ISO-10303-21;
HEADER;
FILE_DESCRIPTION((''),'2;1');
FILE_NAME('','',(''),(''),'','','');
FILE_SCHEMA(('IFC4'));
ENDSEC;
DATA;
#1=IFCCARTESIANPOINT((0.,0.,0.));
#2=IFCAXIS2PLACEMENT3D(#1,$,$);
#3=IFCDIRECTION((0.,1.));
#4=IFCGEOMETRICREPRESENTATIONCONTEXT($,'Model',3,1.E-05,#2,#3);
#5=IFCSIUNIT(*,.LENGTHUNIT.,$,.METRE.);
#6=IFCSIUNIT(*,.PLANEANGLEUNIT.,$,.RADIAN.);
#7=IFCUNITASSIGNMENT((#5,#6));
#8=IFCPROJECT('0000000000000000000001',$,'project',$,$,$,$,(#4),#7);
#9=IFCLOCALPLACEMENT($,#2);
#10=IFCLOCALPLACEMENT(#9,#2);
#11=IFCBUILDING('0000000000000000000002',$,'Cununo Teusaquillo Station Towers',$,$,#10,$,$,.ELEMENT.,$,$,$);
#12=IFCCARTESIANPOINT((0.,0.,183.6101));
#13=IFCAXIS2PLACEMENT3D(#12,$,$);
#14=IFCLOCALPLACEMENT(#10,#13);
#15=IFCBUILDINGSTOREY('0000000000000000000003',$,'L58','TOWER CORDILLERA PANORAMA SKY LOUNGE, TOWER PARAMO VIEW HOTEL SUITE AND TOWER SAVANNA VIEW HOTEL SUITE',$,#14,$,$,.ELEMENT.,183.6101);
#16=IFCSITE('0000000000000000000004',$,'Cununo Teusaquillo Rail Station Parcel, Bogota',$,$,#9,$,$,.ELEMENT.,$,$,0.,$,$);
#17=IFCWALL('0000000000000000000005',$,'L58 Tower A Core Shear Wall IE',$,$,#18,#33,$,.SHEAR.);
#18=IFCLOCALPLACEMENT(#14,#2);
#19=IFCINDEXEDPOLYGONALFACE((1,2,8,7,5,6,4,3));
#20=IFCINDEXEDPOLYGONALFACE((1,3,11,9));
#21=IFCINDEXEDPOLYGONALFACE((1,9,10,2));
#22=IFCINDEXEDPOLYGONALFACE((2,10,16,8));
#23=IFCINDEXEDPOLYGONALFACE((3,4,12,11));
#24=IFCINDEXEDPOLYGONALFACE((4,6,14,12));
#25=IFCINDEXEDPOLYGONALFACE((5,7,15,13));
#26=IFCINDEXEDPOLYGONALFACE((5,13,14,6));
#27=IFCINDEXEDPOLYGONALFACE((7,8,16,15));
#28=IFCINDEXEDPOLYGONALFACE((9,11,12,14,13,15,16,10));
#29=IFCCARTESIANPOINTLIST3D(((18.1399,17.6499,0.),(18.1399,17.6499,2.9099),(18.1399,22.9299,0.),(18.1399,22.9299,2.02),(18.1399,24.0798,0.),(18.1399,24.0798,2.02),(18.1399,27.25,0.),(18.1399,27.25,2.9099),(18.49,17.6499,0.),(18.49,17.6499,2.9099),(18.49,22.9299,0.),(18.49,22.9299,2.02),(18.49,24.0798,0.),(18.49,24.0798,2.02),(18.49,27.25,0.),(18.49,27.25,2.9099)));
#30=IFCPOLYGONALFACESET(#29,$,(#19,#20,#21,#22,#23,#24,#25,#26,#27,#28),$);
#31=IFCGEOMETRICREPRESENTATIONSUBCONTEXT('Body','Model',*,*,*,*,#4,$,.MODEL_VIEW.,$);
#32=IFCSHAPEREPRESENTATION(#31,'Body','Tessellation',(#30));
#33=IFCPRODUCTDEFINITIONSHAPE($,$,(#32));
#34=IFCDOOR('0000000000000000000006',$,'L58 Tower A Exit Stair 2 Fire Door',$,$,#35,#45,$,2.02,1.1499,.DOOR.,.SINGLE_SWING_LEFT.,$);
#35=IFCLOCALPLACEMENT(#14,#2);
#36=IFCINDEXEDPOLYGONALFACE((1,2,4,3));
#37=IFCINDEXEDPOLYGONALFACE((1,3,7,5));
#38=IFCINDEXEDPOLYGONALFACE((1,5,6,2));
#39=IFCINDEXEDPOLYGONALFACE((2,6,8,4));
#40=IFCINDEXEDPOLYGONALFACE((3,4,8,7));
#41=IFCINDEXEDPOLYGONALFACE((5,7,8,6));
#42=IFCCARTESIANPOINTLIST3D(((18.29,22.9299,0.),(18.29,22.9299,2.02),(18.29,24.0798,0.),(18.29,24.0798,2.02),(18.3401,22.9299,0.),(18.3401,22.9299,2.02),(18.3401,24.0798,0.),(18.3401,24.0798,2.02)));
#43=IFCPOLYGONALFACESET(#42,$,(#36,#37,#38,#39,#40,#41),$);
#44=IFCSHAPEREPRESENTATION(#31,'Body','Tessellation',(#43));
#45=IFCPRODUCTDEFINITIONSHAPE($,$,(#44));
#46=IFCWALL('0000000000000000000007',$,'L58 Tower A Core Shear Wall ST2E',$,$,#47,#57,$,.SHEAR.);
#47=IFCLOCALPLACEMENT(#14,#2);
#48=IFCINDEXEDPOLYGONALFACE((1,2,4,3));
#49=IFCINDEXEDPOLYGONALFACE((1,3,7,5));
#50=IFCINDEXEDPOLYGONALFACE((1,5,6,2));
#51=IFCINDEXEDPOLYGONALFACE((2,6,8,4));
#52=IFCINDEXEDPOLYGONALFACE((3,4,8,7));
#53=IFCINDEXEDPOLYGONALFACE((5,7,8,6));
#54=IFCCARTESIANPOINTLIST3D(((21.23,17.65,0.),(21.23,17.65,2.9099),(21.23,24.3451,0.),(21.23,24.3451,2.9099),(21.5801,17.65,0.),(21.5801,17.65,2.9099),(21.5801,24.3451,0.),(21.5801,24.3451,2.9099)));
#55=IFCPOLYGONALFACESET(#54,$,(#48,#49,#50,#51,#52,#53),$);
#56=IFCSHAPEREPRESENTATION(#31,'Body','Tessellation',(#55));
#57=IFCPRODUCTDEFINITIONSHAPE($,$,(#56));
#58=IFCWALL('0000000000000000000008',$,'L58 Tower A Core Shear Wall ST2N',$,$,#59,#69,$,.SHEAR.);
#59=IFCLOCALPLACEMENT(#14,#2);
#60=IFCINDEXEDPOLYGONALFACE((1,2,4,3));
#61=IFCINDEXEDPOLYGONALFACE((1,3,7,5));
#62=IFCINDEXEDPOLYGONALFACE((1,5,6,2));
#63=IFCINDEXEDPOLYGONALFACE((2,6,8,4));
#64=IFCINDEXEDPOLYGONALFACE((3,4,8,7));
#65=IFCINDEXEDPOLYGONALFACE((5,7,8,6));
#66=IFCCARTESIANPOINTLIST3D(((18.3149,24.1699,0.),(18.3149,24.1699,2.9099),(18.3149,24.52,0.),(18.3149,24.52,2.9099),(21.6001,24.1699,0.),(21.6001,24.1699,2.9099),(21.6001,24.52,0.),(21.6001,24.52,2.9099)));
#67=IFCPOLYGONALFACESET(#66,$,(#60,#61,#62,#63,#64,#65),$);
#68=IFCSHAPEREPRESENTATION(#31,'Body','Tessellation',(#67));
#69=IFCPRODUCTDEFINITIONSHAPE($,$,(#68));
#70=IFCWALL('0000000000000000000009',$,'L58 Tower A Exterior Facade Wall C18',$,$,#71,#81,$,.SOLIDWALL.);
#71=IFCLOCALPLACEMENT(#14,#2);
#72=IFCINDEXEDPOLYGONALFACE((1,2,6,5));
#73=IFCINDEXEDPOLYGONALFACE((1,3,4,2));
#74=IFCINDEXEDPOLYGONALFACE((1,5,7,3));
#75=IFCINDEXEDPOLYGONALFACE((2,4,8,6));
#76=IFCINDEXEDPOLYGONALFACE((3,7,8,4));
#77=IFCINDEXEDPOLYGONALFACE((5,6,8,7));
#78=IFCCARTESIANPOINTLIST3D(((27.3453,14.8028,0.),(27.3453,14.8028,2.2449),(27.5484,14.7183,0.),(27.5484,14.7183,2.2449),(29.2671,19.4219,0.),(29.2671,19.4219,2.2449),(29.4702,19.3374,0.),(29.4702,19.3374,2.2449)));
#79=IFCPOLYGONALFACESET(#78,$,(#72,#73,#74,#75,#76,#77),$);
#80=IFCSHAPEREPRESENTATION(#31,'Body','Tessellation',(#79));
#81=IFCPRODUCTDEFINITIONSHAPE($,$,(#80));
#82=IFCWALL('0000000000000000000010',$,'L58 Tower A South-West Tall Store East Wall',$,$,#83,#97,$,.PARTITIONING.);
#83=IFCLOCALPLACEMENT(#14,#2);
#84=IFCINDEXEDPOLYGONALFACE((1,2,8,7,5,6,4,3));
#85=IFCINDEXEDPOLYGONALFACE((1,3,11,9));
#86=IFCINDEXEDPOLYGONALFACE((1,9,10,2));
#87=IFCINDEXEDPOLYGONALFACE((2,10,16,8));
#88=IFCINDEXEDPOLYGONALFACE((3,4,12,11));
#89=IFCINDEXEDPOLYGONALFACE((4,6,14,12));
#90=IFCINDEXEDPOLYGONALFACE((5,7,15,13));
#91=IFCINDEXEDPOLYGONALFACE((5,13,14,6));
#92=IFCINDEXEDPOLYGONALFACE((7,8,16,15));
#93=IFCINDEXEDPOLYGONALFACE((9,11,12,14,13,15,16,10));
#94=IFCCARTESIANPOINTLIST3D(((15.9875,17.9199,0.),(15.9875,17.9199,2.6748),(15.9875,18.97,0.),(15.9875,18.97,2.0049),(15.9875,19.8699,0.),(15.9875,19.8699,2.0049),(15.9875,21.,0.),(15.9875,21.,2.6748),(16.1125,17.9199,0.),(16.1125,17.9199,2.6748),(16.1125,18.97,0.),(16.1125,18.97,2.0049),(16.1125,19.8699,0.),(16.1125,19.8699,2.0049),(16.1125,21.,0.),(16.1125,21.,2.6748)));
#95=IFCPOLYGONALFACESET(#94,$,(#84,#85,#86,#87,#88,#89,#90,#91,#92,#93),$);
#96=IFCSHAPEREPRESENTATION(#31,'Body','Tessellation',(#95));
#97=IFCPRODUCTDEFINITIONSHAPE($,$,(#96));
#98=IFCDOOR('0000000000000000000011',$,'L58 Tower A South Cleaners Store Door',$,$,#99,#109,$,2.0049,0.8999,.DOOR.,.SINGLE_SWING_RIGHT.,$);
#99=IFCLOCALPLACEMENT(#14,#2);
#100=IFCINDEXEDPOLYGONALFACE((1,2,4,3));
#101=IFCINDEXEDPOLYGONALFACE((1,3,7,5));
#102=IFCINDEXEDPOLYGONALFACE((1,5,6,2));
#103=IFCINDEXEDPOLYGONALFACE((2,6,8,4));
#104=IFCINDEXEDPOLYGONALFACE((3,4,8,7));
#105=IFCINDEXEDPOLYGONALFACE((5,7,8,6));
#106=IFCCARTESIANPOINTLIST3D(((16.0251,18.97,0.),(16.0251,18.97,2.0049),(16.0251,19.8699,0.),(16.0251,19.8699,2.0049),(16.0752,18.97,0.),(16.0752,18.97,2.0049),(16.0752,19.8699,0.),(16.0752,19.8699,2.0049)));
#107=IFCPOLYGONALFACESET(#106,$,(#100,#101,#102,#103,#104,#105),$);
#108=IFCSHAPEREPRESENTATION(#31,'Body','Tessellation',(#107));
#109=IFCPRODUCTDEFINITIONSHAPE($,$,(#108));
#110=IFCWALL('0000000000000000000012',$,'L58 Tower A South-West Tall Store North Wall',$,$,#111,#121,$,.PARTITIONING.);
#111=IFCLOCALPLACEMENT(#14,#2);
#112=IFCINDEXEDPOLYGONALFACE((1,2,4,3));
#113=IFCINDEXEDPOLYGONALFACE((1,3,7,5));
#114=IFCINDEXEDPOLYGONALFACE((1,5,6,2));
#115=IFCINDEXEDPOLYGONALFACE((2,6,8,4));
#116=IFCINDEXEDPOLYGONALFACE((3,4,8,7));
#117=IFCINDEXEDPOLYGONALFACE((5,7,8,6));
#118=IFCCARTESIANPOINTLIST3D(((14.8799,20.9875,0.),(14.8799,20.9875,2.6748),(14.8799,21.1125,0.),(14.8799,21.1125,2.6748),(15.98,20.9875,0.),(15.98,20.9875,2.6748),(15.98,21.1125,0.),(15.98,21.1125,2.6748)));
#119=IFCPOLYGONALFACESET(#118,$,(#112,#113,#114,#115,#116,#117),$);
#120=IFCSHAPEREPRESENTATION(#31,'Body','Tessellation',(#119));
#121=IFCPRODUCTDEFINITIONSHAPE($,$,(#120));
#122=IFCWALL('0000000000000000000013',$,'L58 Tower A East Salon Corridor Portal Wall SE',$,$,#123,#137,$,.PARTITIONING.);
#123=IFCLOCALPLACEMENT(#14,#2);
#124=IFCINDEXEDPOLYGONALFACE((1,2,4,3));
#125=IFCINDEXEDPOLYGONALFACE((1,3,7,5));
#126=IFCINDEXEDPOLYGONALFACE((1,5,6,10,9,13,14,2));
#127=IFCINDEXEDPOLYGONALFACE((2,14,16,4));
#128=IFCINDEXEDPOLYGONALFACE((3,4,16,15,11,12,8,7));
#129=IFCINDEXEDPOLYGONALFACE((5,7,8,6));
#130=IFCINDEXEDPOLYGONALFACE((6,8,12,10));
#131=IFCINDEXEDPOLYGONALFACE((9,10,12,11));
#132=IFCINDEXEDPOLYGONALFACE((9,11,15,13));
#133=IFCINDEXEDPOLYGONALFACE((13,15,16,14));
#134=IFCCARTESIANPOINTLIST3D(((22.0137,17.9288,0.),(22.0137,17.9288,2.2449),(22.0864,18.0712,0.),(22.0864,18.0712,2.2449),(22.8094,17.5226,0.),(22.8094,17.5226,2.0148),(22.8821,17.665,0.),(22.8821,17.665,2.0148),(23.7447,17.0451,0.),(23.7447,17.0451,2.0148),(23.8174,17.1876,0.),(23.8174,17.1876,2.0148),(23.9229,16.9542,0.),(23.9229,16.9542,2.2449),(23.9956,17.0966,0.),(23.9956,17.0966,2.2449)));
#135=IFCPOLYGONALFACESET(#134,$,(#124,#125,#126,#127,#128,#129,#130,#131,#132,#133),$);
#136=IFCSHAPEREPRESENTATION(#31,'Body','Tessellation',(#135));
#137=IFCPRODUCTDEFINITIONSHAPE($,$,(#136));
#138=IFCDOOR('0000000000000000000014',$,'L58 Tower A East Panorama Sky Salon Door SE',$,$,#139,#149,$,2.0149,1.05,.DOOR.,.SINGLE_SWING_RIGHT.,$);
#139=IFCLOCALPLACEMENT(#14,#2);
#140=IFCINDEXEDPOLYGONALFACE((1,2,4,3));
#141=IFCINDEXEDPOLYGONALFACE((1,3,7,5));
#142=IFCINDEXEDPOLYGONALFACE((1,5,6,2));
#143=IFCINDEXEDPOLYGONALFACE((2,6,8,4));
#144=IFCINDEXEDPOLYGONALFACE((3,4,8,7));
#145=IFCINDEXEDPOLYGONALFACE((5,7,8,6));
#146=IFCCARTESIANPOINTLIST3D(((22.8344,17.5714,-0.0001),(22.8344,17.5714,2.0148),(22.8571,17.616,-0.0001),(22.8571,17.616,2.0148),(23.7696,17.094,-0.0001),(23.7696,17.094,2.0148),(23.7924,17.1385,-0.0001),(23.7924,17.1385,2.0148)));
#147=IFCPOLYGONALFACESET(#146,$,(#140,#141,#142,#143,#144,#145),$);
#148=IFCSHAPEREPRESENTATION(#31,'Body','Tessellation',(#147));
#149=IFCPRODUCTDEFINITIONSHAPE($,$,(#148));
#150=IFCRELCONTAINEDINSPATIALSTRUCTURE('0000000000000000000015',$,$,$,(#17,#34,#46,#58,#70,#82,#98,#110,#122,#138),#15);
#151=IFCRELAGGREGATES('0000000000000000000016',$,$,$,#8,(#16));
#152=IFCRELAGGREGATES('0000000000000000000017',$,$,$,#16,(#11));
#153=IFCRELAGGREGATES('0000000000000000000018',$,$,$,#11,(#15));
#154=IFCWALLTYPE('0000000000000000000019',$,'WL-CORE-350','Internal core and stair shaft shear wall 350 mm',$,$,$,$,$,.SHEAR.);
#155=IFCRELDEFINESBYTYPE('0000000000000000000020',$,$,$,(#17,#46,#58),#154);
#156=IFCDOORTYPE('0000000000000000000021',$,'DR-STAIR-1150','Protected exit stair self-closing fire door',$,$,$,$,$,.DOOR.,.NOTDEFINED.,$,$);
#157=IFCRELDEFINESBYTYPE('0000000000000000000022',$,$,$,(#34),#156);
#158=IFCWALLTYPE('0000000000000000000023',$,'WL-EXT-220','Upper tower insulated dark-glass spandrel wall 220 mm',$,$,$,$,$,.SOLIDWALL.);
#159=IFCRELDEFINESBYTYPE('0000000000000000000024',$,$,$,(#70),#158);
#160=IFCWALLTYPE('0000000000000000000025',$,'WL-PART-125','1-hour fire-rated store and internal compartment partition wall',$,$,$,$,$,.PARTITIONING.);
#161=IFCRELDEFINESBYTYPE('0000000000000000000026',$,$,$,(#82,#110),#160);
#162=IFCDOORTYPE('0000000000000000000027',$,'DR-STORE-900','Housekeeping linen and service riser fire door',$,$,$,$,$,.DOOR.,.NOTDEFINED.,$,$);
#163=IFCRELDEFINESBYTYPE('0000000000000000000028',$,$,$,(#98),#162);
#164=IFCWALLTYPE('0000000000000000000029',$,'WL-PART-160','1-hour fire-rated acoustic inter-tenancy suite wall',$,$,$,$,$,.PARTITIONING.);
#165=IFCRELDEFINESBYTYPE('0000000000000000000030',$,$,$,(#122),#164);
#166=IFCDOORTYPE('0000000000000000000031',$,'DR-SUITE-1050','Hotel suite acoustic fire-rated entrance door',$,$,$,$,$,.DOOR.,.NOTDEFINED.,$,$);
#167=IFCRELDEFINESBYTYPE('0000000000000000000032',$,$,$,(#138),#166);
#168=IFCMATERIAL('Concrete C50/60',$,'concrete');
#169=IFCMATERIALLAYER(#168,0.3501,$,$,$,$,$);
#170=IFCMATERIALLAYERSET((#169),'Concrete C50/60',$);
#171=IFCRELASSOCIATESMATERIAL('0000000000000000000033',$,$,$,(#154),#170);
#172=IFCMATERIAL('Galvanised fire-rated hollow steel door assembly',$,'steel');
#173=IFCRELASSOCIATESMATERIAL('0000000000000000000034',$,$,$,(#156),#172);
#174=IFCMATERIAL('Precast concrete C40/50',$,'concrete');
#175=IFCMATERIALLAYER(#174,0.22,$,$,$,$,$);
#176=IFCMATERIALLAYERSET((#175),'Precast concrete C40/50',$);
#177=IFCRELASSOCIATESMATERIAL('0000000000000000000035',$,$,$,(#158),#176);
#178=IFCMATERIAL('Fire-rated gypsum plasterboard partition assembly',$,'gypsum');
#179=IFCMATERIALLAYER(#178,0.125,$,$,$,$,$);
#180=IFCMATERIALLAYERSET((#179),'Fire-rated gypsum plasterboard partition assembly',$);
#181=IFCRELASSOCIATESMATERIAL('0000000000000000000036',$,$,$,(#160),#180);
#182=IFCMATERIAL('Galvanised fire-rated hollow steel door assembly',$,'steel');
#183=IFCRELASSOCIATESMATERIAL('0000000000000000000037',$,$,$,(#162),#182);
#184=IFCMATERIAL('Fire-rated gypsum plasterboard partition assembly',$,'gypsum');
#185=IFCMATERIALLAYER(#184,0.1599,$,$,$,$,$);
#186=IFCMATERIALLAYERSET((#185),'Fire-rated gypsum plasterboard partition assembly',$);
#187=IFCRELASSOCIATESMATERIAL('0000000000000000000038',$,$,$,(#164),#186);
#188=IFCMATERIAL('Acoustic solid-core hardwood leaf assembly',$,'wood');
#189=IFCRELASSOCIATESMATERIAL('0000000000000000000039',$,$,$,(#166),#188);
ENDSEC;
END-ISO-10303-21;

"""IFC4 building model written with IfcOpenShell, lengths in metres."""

from ifc_helpers import new_model, si_unit, direction, frame, frame_2d, origin, place, context, subcontext, project, spatial, rectangle, extrude, source, transform, mapped, material, layer, layer_set, type_object, element, fill, save


model = new_model("IFC4")

# Units and contexts
model_context = context("Model", 3, precision=1e-05, world=origin(), true_north=direction((0.0, 1.0)))
body_context = subcontext(model_context, "Body", "Model", "MODEL_VIEW")
ifc_project = project(units=[si_unit("LENGTHUNIT", "METRE"), si_unit("PLANEANGLEUNIT", "RADIAN")], contexts=[model_context])

# Site, building, storey
site_placement = place(None, origin())
site = spatial("IfcSite", under=ifc_project, at=site_placement, Name="Cununo Teusaquillo Rail Station Parcel, Bogota", CompositionType="ELEMENT", RefElevation=0.0)
building_placement = place(site_placement, origin())
building = spatial("IfcBuilding", under=site, at=building_placement, Name="Cununo Teusaquillo Station Towers", CompositionType="ELEMENT")
storey_placement = place(building_placement, frame((0.0, 0.0, 183.6101)))
storey = spatial("IfcBuildingStorey", under=building, at=storey_placement, Name="L58", Description="TOWER CORDILLERA PANORAMA SKY LOUNGE, TOWER PARAMO VIEW HOTEL SUITE AND TOWER SAVANNA VIEW HOTEL SUITE", CompositionType="ELEMENT", Elevation=183.6101)

# Wall, opening, door
ifc_material_1 = material(Name="Concrete C50/60", Category="concrete")
ifc_layer_1 = layer(ifc_material_1, 0.3501)
ifc_layer_set_1 = layer_set([ifc_layer_1], Name="Concrete C50/60")
wall_type_1 = type_object("IfcWallType", Name="WL-CORE-350", Description="Internal core and stair shaft shear wall 350 mm", PredefinedType="SHEAR", material=ifc_layer_set_1)
wall_1_placement = place(storey_placement, frame((18.3149, 17.6499, 0.0), z_axis=(0.0, 0.0, 1.0), x_axis=(0.0, 1.0, 0.0)))
wall_1 = element("IfcWall", 1, at=wall_1_placement, inside=storey, type_object=wall_type_1, Name="L58 Tower A Core Shear Wall IE", PredefinedType="SHEAR", context=body_context, shape_type="SweptSolid", body=[
    extrude(rectangle(XDim=9.6001, YDim=0.3501, at=frame_2d((4.8, 0.0))), origin(), (0.0, 0.0, 1.0), 2.9099),
])
shared_shape_1 = source(origin(), body_context, "Body", "SweptSolid", [
    extrude(rectangle(XDim=1.1499, YDim=2.02, at=frame_2d((0.575, 1.01))), frame((0.0, 0.1851, 0.0), z_axis=(0.0, -1.0, 0.0), x_axis=(1.0, 0.0, 0.0)), (0.0, 0.0, 1.0), 0.3701),
])
opening_1_placement = place(wall_1_placement, frame((5.28, 0.0, 0.0)))
opening_1 = element("IfcOpeningElement", 2, at=opening_1_placement, cuts=wall_1, PredefinedType="OPENING", context=body_context, shape_type="MappedRepresentation", body=[
    mapped(shared_shape_1, transform((0.0, 0.0, 0.0), x_axis=(1.0, 0.0, 0.0), y_axis=(0.0, 1.0, 0.0), z_axis=(0.0, 0.0, 1.0), scale=1.0)),
])
ifc_material_2 = material(Name="Galvanised fire-rated hollow steel door assembly", Category="steel")
door_type_1 = type_object("IfcDoorType", Name="DR-STAIR-1150", Description="Protected exit stair self-closing fire door", OperationType="NOTDEFINED", PredefinedType="DOOR", material=ifc_material_2)
shared_shape_2 = source(origin(), body_context, "Body", "SweptSolid", [
    extrude(rectangle(XDim=1.1499, YDim=2.02, at=frame_2d((0.575, 1.01))), frame((0.0, 0.0249, 0.0), z_axis=(0.0, -1.0, 0.0), x_axis=(1.0, 0.0, 0.0)), (0.0, 0.0, 1.0), 0.05),
])
door_1_placement = place(opening_1_placement, origin())
door_1 = element("IfcDoor", 3, at=door_1_placement, inside=storey, type_object=door_type_1, Name="L58 Tower A Exit Stair 2 Fire Door", OperationType="SINGLE_SWING_LEFT", OverallHeight=2.02, OverallWidth=1.1499, PredefinedType="DOOR", context=body_context, shape_type="MappedRepresentation", body=[
    mapped(shared_shape_2, transform((0.0, 0.0, 0.0), x_axis=(1.0, 0.0, 0.0), y_axis=(0.0, 1.0, 0.0), z_axis=(0.0, 0.0, 1.0), scale=1.0)),
])
fill(opening_1, door_1)

# Walls
wall_2_placement = place(storey_placement, frame((21.405, 17.6499, 0.0), z_axis=(0.0, 0.0, 1.0), x_axis=(0.0, 1.0, 0.0)))
element("IfcWall", 4, at=wall_2_placement, inside=storey, type_object=wall_type_1, Name="L58 Tower A Core Shear Wall ST2E", PredefinedType="SHEAR", context=body_context, shape_type="SweptSolid", body=[
    extrude(rectangle(XDim=6.6951, YDim=0.3501, at=frame_2d((3.3477, 0.0))), origin(), (0.0, 0.0, 1.0), 2.9099),
])
wall_3_placement = place(storey_placement, frame((18.3149, 24.345, 0.0), z_axis=(0.0, 0.0, 1.0), x_axis=(1.0, 0.0, 0.0)))
element("IfcWall", 5, at=wall_3_placement, inside=storey, type_object=wall_type_1, Name="L58 Tower A Core Shear Wall ST2N", PredefinedType="SHEAR", context=body_context, shape_type="SweptSolid", body=[
    extrude(rectangle(XDim=3.2852, YDim=0.3501, at=frame_2d((1.6426, 0.0))), origin(), (0.0, 0.0, 1.0), 2.9099),
])
ifc_material_3 = material(Name="Precast concrete C40/50", Category="concrete")
ifc_layer_2 = layer(ifc_material_3, 0.22)
ifc_layer_set_2 = layer_set([ifc_layer_2], Name="Precast concrete C40/50")
wall_type_2 = type_object("IfcWallType", Name="WL-EXT-220", Description="Upper tower insulated dark-glass spandrel wall 220 mm", PredefinedType="SOLIDWALL", material=ifc_layer_set_2)
wall_4_placement = place(storey_placement, frame((29.3687, 19.3796, 0.0), z_axis=(0.0, 0.0, 1.0), x_axis=(-0.384144, -0.923273, 0.0)))
element("IfcWall", 6, at=wall_4_placement, inside=storey, type_object=wall_type_2, Name="L58 Tower A Exterior Facade Wall C18", PredefinedType="SOLIDWALL", context=body_context, shape_type="SweptSolid", body=[
    extrude(rectangle(XDim=5.0029, YDim=0.22, at=frame_2d((2.5015, 0.0))), origin(), (0.0, 0.0, 1.0), 2.2449),
])

# Wall, opening, door
ifc_material_4 = material(Name="Fire-rated gypsum plasterboard partition assembly", Category="gypsum")
ifc_layer_3 = layer(ifc_material_4, 0.125)
ifc_layer_set_3 = layer_set([ifc_layer_3], Name="Fire-rated gypsum plasterboard partition assembly")
wall_type_3 = type_object("IfcWallType", Name="WL-PART-125", Description="1-hour fire-rated store and internal compartment partition wall", PredefinedType="PARTITIONING", material=ifc_layer_set_3)
wall_5_placement = place(storey_placement, frame((16.05, 17.9199, 0.0), z_axis=(0.0, 0.0, 1.0), x_axis=(0.0, 1.0, 0.0)))
wall_5 = element("IfcWall", 7, at=wall_5_placement, inside=storey, type_object=wall_type_3, Name="L58 Tower A South-West Tall Store East Wall", PredefinedType="PARTITIONING", context=body_context, shape_type="SweptSolid", body=[
    extrude(rectangle(XDim=3.0801, YDim=0.125, at=frame_2d((1.54, 0.0))), origin(), (0.0, 0.0, 1.0), 2.6748),
])
shared_shape_3 = source(origin(), body_context, "Body", "SweptSolid", [
    extrude(rectangle(XDim=0.8999, YDim=2.0049, at=frame_2d((0.45, 1.0024))), frame((0.0, 0.0725, 0.0), z_axis=(0.0, -1.0, 0.0), x_axis=(1.0, 0.0, 0.0)), (0.0, 0.0, 1.0), 0.145),
])
opening_2_placement = place(wall_5_placement, frame((1.05, 0.0, 0.0)))
opening_2 = element("IfcOpeningElement", 8, at=opening_2_placement, cuts=wall_5, PredefinedType="OPENING", context=body_context, shape_type="MappedRepresentation", body=[
    mapped(shared_shape_3, transform((0.0, 0.0, 0.0), x_axis=(1.0, 0.0, 0.0), y_axis=(0.0, 1.0, 0.0), z_axis=(0.0, 0.0, 1.0), scale=1.0)),
])
ifc_material_5 = material(Name="Galvanised fire-rated hollow steel door assembly", Category="steel")
door_type_2 = type_object("IfcDoorType", Name="DR-STORE-900", Description="Housekeeping linen and service riser fire door", OperationType="NOTDEFINED", PredefinedType="DOOR", material=ifc_material_5)
shared_shape_4 = source(origin(), body_context, "Body", "SweptSolid", [
    extrude(rectangle(XDim=0.8999, YDim=2.0049, at=frame_2d((0.45, 1.0024))), frame((0.0, 0.0249, 0.0), z_axis=(0.0, -1.0, 0.0), x_axis=(1.0, 0.0, 0.0)), (0.0, 0.0, 1.0), 0.05),
])
door_2_placement = place(opening_2_placement, origin())
door_2 = element("IfcDoor", 9, at=door_2_placement, inside=storey, type_object=door_type_2, Name="L58 Tower A South Cleaners Store Door", OperationType="SINGLE_SWING_RIGHT", OverallHeight=2.0049, OverallWidth=0.8999, PredefinedType="DOOR", context=body_context, shape_type="MappedRepresentation", body=[
    mapped(shared_shape_4, transform((0.0, 0.0, 0.0), x_axis=(1.0, 0.0, 0.0), y_axis=(0.0, 1.0, 0.0), z_axis=(0.0, 0.0, 1.0), scale=1.0)),
])
fill(opening_2, door_2)

# Wall
wall_6_placement = place(storey_placement, frame((14.8799, 21.05, 0.0), z_axis=(0.0, 0.0, 1.0), x_axis=(1.0, 0.0, 0.0)))
element("IfcWall", 10, at=wall_6_placement, inside=storey, type_object=wall_type_3, Name="L58 Tower A South-West Tall Store North Wall", PredefinedType="PARTITIONING", context=body_context, shape_type="SweptSolid", body=[
    extrude(rectangle(XDim=1.1001, YDim=0.125, at=frame_2d((0.55, 0.0))), origin(), (0.0, 0.0, 1.0), 2.6748),
])

# Wall, opening, door
ifc_material_6 = material(Name="Fire-rated gypsum plasterboard partition assembly", Category="gypsum")
ifc_layer_4 = layer(ifc_material_6, 0.1599)
ifc_layer_set_4 = layer_set([ifc_layer_4], Name="Fire-rated gypsum plasterboard partition assembly")
wall_type_4 = type_object("IfcWallType", Name="WL-PART-160", Description="1-hour fire-rated acoustic inter-tenancy suite wall", PredefinedType="PARTITIONING", material=ifc_layer_set_4)
wall_7_placement = place(storey_placement, frame((22.05, 18.0, 0.0), z_axis=(0.0, 0.0, 1.0), x_axis=(0.89066, -0.45467, 0.0)))
wall_7 = element("IfcWall", 11, at=wall_7_placement, inside=storey, type_object=wall_type_4, Name="L58 Tower A East Salon Corridor Portal Wall SE", PredefinedType="PARTITIONING", context=body_context, shape_type="SweptSolid", body=[
    extrude(rectangle(XDim=2.1436, YDim=0.1599, at=frame_2d((1.0718, 0.0))), origin(), (0.0, 0.0, 1.0), 2.2449),
])
shared_shape_5 = source(origin(), body_context, "Body", "SweptSolid", [
    extrude(rectangle(XDim=1.05, YDim=2.0149, at=frame_2d((0.5249, 1.0073))), frame((0.0, 0.0898, 0.0), z_axis=(0.0, -1.0, 0.0), x_axis=(1.0, 0.0, 0.0)), (0.0, 0.0, 1.0), 0.1799),
])
opening_3_placement = place(wall_7_placement, frame((0.8936, 0.0, 0.0)))
opening_3 = element("IfcOpeningElement", 12, at=opening_3_placement, cuts=wall_7, PredefinedType="OPENING", context=body_context, shape_type="MappedRepresentation", body=[
    mapped(shared_shape_5, transform((0.0, 0.0, 0.0), x_axis=(1.0, 0.0, 0.0), y_axis=(0.0, 1.0, 0.0), z_axis=(0.0, 0.0, 1.0), scale=1.0)),
])
ifc_material_7 = material(Name="Acoustic solid-core hardwood leaf assembly", Category="wood")
door_type_3 = type_object("IfcDoorType", Name="DR-SUITE-1050", Description="Hotel suite acoustic fire-rated entrance door", OperationType="NOTDEFINED", PredefinedType="DOOR", material=ifc_material_7)
shared_shape_6 = source(origin(), body_context, "Body", "SweptSolid", [
    extrude(rectangle(XDim=1.05, YDim=2.0149, at=frame_2d((0.5249, 1.0073))), frame((0.0, 0.0249, 0.0), z_axis=(0.0, -1.0, 0.0), x_axis=(1.0, 0.0, 0.0)), (0.0, 0.0, 1.0), 0.05),
])
door_3_placement = place(opening_3_placement, origin())
door_3 = element("IfcDoor", 13, at=door_3_placement, inside=storey, type_object=door_type_3, Name="L58 Tower A East Panorama Sky Salon Door SE", OperationType="SINGLE_SWING_RIGHT", OverallHeight=2.0149, OverallWidth=1.05, PredefinedType="DOOR", context=body_context, shape_type="MappedRepresentation", body=[
    mapped(shared_shape_6, transform((0.0, 0.0, 0.0), x_axis=(1.0, 0.0, 0.0), y_axis=(0.0, 1.0, 0.0), z_axis=(0.0, 0.0, 1.0), scale=1.0)),
])
fill(opening_3, door_3)

save(model, "model.ifc")
